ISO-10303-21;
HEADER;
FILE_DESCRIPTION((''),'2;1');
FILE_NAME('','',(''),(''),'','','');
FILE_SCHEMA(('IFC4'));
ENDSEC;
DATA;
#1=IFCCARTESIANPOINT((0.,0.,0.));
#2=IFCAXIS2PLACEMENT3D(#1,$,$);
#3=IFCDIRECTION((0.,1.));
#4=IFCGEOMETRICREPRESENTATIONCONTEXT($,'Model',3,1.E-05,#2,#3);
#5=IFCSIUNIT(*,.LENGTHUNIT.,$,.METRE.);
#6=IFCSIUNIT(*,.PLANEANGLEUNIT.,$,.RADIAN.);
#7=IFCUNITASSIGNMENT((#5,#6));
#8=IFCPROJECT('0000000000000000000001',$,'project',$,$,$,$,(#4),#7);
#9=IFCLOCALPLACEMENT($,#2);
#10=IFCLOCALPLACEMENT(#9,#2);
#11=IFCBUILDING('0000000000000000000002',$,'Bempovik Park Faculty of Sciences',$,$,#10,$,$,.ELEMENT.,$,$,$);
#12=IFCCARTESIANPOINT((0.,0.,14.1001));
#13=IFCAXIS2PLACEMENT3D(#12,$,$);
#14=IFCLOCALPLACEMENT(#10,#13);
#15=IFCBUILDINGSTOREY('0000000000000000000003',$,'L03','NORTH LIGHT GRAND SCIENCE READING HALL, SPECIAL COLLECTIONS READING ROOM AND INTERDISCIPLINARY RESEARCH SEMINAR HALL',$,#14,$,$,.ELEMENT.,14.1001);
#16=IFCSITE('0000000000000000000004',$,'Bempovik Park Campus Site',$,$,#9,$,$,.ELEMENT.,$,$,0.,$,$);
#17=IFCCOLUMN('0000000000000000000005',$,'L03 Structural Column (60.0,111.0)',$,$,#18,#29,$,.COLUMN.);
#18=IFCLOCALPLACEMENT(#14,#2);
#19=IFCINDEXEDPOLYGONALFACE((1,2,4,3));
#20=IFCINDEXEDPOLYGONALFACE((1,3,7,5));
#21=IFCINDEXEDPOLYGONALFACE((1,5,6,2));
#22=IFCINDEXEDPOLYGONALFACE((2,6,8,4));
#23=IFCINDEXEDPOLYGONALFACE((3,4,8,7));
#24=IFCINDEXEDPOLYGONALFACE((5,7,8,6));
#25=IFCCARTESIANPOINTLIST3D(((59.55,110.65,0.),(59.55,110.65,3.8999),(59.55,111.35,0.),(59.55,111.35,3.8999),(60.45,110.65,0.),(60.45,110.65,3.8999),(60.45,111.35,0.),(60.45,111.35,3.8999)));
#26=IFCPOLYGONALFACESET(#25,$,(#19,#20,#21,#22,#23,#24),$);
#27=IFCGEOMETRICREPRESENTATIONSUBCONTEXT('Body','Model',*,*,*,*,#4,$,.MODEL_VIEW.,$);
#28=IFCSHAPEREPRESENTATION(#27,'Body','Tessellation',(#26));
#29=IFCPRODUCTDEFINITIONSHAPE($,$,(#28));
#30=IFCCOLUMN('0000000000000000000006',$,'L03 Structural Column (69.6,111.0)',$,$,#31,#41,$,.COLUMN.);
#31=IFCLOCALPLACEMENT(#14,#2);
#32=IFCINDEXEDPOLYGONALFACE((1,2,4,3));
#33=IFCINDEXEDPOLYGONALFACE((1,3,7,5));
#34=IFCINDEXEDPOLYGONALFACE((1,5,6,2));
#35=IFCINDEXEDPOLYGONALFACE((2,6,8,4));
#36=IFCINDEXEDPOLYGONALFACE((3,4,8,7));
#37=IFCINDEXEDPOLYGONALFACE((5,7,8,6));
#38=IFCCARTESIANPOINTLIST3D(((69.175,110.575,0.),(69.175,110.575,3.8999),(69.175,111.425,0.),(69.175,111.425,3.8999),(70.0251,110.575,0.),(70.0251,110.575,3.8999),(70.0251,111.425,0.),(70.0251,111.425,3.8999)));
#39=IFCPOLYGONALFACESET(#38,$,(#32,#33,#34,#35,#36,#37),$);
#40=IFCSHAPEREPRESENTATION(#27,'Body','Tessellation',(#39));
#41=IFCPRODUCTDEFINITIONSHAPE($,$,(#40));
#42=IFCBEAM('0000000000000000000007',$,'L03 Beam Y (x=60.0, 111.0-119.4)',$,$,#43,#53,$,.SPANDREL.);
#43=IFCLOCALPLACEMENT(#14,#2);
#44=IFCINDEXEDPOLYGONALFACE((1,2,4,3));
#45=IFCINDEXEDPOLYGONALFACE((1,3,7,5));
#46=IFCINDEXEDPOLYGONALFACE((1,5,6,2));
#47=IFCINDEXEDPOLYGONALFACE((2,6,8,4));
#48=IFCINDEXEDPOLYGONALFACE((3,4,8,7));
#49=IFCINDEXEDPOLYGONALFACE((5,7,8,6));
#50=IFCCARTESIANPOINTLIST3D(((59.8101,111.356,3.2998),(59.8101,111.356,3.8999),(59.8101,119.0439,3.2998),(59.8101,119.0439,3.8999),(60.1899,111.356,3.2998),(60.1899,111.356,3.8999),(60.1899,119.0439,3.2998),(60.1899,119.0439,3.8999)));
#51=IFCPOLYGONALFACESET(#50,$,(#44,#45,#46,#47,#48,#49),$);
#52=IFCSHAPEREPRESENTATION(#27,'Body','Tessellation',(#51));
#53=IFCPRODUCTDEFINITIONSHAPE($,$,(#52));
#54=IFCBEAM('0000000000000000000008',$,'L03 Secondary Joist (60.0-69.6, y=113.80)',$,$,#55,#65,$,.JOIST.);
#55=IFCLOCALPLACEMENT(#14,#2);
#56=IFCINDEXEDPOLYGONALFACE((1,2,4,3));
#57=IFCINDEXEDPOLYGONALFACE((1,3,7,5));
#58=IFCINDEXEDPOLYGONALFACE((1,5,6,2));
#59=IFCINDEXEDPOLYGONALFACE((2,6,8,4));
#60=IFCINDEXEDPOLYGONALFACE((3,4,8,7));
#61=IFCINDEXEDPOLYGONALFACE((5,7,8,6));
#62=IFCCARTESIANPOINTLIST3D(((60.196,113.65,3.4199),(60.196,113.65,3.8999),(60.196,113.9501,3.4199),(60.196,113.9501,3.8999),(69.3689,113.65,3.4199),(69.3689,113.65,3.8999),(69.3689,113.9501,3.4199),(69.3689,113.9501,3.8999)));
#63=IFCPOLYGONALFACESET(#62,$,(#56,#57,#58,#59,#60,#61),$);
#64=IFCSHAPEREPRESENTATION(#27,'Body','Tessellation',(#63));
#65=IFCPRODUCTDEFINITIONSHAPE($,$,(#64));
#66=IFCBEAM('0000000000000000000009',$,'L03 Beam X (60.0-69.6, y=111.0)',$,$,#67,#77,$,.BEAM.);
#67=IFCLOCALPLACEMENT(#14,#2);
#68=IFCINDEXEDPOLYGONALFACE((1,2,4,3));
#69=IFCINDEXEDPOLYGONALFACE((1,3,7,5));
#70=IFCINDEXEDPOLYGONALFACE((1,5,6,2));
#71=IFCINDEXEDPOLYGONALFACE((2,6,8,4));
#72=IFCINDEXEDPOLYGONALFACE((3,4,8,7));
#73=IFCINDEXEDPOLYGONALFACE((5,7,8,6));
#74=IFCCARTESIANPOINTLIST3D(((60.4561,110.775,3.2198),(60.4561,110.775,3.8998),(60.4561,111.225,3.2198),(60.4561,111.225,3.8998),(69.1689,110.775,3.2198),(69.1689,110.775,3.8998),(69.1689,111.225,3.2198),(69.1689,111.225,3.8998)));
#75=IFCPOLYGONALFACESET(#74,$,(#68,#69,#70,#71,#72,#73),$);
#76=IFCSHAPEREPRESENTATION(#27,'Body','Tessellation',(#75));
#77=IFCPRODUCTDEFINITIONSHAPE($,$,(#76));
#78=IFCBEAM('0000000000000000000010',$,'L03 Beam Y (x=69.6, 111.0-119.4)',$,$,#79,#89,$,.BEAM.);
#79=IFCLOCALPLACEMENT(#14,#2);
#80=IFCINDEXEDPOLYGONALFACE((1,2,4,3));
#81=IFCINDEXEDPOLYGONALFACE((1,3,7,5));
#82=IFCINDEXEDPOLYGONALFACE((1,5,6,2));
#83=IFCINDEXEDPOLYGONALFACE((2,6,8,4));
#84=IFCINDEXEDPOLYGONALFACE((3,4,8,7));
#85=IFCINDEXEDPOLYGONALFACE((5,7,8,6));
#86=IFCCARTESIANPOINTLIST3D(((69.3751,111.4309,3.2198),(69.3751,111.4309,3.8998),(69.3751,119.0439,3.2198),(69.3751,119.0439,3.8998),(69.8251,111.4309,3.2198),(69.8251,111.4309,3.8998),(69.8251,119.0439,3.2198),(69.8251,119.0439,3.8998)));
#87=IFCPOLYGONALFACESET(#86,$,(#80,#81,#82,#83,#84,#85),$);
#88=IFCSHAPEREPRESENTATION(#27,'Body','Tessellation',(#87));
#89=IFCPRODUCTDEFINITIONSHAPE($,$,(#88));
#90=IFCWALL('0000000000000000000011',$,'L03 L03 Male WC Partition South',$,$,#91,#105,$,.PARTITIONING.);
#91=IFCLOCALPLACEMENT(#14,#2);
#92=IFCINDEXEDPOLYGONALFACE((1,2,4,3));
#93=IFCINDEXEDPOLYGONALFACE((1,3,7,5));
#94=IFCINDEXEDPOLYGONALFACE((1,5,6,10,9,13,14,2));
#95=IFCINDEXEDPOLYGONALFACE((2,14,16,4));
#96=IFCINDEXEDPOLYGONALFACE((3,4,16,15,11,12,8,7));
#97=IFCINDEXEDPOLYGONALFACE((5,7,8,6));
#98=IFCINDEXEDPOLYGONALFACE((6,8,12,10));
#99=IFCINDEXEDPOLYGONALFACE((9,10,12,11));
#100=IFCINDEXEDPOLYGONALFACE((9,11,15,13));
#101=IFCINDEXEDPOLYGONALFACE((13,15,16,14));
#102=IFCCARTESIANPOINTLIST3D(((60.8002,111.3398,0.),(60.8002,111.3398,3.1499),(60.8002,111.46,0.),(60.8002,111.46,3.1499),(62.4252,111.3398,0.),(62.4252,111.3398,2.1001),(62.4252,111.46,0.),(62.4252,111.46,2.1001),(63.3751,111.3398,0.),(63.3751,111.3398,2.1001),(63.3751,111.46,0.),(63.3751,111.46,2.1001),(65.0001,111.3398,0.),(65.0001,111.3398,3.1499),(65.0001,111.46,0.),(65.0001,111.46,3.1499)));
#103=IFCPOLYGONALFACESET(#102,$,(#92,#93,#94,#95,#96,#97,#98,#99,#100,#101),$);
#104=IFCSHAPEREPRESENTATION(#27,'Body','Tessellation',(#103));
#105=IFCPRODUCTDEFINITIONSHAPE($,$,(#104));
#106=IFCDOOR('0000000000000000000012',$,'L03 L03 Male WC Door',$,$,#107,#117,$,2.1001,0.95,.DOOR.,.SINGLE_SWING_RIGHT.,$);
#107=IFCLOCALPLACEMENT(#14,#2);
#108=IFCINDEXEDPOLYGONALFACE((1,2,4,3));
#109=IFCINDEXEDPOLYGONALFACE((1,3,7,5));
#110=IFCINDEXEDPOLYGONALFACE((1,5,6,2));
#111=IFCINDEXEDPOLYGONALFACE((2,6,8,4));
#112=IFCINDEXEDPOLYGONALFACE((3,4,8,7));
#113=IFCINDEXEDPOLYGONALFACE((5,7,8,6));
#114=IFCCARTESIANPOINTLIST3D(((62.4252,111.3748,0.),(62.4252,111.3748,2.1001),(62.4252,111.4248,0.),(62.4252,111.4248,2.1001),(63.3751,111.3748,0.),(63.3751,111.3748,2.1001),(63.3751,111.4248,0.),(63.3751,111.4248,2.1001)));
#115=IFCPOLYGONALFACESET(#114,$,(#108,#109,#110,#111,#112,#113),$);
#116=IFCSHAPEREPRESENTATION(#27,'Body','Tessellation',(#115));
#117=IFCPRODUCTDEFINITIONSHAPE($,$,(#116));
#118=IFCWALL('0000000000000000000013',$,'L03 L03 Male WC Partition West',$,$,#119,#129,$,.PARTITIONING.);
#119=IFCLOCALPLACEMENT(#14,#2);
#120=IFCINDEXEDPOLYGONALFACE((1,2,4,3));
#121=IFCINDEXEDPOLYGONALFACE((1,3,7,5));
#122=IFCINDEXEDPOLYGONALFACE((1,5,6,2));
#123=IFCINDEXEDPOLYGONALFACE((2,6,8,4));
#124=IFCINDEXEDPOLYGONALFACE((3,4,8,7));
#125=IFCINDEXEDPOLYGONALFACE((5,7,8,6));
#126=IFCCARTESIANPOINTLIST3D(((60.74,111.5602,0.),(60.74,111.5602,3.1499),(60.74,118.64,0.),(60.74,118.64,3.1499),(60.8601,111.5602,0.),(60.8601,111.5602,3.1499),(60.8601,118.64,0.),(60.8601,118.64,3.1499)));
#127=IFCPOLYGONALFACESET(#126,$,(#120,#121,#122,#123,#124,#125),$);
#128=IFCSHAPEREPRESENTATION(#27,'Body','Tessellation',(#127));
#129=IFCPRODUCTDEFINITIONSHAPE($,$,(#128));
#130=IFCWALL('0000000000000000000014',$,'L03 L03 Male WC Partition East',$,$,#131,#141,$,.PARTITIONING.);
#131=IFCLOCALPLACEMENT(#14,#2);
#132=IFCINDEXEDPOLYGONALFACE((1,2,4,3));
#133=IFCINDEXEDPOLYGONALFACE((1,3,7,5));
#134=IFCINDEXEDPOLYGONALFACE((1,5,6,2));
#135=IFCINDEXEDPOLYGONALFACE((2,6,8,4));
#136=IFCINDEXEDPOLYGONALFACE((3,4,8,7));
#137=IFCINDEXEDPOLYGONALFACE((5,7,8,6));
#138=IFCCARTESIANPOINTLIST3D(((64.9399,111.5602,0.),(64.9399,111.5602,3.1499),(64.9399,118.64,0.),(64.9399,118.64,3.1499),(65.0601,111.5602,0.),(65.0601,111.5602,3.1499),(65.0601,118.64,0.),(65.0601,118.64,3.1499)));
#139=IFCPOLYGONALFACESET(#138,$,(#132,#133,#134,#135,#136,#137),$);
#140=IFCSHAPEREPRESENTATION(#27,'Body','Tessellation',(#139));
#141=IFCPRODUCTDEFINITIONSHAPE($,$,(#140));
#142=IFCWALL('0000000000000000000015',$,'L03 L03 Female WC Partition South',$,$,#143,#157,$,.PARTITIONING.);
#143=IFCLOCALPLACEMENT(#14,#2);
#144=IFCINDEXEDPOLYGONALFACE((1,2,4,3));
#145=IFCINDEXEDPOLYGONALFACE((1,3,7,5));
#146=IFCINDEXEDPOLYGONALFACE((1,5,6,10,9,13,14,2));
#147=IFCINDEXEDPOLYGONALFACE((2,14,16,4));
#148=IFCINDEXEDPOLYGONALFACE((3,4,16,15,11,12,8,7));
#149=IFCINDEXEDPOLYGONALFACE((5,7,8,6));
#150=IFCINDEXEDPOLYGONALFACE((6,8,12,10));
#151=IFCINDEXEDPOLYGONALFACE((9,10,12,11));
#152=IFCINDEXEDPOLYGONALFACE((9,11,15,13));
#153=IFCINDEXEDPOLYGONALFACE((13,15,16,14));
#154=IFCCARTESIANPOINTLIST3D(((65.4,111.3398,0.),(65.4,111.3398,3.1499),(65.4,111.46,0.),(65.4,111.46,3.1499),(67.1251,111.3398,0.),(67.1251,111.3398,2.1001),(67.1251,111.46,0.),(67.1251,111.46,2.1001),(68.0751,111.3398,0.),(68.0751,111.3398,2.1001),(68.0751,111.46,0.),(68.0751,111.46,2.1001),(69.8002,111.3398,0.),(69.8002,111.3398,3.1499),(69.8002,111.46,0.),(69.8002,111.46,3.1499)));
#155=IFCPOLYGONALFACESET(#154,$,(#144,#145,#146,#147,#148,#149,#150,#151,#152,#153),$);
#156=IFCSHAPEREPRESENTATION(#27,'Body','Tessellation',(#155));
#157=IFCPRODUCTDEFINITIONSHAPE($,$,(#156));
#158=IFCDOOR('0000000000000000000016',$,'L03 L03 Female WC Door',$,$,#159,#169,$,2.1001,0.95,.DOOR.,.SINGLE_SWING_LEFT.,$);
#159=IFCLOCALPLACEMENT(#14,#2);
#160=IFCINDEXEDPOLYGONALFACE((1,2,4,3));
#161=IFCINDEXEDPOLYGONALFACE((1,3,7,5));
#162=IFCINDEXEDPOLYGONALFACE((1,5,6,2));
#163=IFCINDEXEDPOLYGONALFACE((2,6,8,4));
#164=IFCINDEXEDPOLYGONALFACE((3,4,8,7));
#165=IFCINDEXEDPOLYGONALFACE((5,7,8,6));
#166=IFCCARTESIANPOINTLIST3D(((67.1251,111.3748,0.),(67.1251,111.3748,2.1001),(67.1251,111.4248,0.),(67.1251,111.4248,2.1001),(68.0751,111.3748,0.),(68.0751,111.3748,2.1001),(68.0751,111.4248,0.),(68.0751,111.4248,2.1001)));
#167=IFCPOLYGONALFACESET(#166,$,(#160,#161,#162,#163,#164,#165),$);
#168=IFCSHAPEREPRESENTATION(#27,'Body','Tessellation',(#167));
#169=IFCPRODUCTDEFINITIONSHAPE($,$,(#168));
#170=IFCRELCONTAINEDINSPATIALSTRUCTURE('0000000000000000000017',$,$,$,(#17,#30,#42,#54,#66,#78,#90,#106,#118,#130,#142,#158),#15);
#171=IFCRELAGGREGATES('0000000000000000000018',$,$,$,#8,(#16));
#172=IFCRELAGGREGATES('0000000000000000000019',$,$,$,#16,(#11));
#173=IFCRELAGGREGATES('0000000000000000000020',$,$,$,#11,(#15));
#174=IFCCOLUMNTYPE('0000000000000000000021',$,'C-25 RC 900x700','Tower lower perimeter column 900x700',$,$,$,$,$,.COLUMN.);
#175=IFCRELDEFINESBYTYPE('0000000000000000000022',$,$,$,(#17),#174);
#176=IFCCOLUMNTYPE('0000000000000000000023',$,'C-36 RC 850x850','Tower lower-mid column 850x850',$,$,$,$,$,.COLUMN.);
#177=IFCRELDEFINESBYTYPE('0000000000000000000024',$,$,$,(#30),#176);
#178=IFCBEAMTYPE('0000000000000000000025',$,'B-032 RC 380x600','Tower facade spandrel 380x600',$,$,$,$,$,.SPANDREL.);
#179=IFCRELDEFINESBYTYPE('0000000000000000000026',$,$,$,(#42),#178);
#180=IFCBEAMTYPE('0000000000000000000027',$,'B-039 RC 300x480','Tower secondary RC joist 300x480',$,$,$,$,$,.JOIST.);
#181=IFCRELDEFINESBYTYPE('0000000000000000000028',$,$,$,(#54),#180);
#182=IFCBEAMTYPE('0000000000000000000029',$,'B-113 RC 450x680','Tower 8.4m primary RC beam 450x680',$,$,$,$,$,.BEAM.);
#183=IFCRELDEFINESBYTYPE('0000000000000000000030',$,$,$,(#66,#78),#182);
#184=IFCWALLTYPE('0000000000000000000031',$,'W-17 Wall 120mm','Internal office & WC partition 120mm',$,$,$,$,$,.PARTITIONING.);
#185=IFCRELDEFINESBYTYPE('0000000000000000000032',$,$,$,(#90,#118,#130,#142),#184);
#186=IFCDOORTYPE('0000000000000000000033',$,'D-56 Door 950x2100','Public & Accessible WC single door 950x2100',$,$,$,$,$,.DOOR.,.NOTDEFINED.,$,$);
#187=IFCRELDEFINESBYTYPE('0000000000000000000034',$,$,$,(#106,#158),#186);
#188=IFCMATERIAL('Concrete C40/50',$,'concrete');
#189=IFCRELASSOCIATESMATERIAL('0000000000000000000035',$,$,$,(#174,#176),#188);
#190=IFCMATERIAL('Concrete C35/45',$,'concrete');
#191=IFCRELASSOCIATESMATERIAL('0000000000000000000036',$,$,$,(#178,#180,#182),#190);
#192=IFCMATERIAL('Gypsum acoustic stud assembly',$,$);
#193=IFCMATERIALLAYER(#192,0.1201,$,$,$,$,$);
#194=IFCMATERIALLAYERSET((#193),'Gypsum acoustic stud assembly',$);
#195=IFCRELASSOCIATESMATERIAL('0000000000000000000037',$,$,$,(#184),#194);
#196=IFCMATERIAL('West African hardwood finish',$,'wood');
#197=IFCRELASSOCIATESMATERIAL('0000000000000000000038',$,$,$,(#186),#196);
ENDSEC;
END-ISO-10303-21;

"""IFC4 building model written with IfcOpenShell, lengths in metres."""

from ifc_helpers import new_model, si_unit, direction, frame, frame_2d, origin, origin_2d, place, context, subcontext, project, spatial, rectangle, extrude, material, layer, layer_set, material_profile, profile_set, type_object, element, fill, save


model = new_model("IFC4")

# Units and contexts
model_context = context("Model", 3, precision=1e-05, world=origin(), true_north=direction((0.0, 1.0)))
body_context = subcontext(model_context, "Body", "Model", "MODEL_VIEW")
ifc_project = project(units=[si_unit("LENGTHUNIT", "METRE"), si_unit("PLANEANGLEUNIT", "RADIAN")], contexts=[model_context])

# Site, building, storey
site_placement = place(None, origin())
site = spatial("IfcSite", under=ifc_project, at=site_placement, Name="Bempovik Park Campus Site", CompositionType="ELEMENT", RefElevation=0.0)
building_placement = place(site_placement, origin())
building = spatial("IfcBuilding", under=site, at=building_placement, Name="Bempovik Park Faculty of Sciences", CompositionType="ELEMENT")
storey_placement = place(building_placement, frame((0.0, 0.0, 14.1001)))
storey = spatial("IfcBuildingStorey", under=building, at=storey_placement, Name="L03", Description="NORTH LIGHT GRAND SCIENCE READING HALL, SPECIAL COLLECTIONS READING ROOM AND INTERDISCIPLINARY RESEARCH SEMINAR HALL", CompositionType="ELEMENT", Elevation=14.1001)

# Columns
ifc_material_1 = material(Name="Concrete C40/50", Category="concrete")
ifc_material_profile_1 = material_profile(ifc_material_1, rectangle(XDim=0.8999, YDim=0.7, at=origin_2d()), Name="RC 900x700")
ifc_profile_set_1 = profile_set([ifc_material_profile_1], Name="Concrete C40/50")
column_type_1 = type_object("IfcColumnType", Name="C-25 RC 900x700", Description="Tower lower perimeter column 900x700", PredefinedType="COLUMN", material=ifc_profile_set_1)
column_1_placement = place(storey_placement, frame((60.0, 111.0, 0.0), z_axis=(0.0, 0.0, 1.0), x_axis=(1.0, 0.0, 0.0)))
element("IfcColumn", 1, at=column_1_placement, inside=storey, type_object=column_type_1, Name="L03 Structural Column (60.0,111.0)", PredefinedType="COLUMN", context=body_context, shape_type="SweptSolid", body=[
    extrude(rectangle(XDim=0.8999, YDim=0.7, at=origin_2d()), origin(), (0.0, 0.0, 1.0), 3.8999),
])
ifc_material_profile_2 = material_profile(ifc_material_1, rectangle(XDim=0.8501, YDim=0.8501, at=origin_2d()), Name="RC 850x850")
ifc_profile_set_2 = profile_set([ifc_material_profile_2], Name="Concrete C40/50")
column_type_2 = type_object("IfcColumnType", Name="C-36 RC 850x850", Description="Tower lower-mid column 850x850", PredefinedType="COLUMN", material=ifc_profile_set_2)
column_2_placement = place(storey_placement, frame((69.6001, 111.0, 0.0), z_axis=(0.0, 0.0, 1.0), x_axis=(1.0, 0.0, 0.0)))
element("IfcColumn", 2, at=column_2_placement, inside=storey, type_object=column_type_2, Name="L03 Structural Column (69.6,111.0)", PredefinedType="COLUMN", context=body_context, shape_type="SweptSolid", body=[
    extrude(rectangle(XDim=0.8501, YDim=0.8501, at=origin_2d()), origin(), (0.0, 0.0, 1.0), 3.8999),
])

# Beams
ifc_material_2 = material(Name="Concrete C35/45", Category="concrete")
ifc_material_profile_3 = material_profile(ifc_material_2, rectangle(XDim=0.3799, YDim=0.6001, at=origin_2d()), Name="RC 380x600")
ifc_profile_set_3 = profile_set([ifc_material_profile_3], Name="Concrete C35/45")
beam_type_1 = type_object("IfcBeamType", Name="B-032 RC 380x600", Description="Tower facade spandrel 380x600", PredefinedType="SPANDREL", material=ifc_profile_set_3)
beam_1_placement = place(storey_placement, frame((60.0, 111.356, 3.5999), z_axis=(0.0, 1.0, 0.0), x_axis=(-1.0, 0.0, 0.0)))
element("IfcBeam", 3, at=beam_1_placement, inside=storey, type_object=beam_type_1, Name="L03 Beam Y (x=60.0, 111.0-119.4)", PredefinedType="SPANDREL", context=body_context, shape_type="SweptSolid", body=[
    extrude(rectangle(XDim=0.3799, YDim=0.6001, at=origin_2d()), origin(), (0.0, 0.0, 1.0), 7.688),
])
ifc_material_profile_4 = material_profile(ifc_material_2, rectangle(XDim=0.3, YDim=0.48, at=origin_2d()), Name="RC 300x480")
ifc_profile_set_4 = profile_set([ifc_material_profile_4], Name="Concrete C35/45")
beam_type_2 = type_object("IfcBeamType", Name="B-039 RC 300x480", Description="Tower secondary RC joist 300x480", PredefinedType="JOIST", material=ifc_profile_set_4)
beam_2_placement = place(storey_placement, frame((60.196, 113.8, 3.6599), z_axis=(1.0, 0.0, 0.0), x_axis=(0.0, 1.0, 0.0)))
element("IfcBeam", 4, at=beam_2_placement, inside=storey, type_object=beam_type_2, Name="L03 Secondary Joist (60.0-69.6, y=113.80)", PredefinedType="JOIST", context=body_context, shape_type="SweptSolid", body=[
    extrude(rectangle(XDim=0.3, YDim=0.48, at=origin_2d()), origin(), (0.0, 0.0, 1.0), 9.1729),
])
ifc_material_profile_5 = material_profile(ifc_material_2, rectangle(XDim=0.45, YDim=0.6799, at=origin_2d()), Name="RC 450x680")
ifc_profile_set_5 = profile_set([ifc_material_profile_5], Name="Concrete C35/45")
beam_type_3 = type_object("IfcBeamType", Name="B-113 RC 450x680", Description="Tower 8.4m primary RC beam 450x680", PredefinedType="BEAM", material=ifc_profile_set_5)
beam_3_placement = place(storey_placement, frame((60.4561, 111.0, 3.5598), z_axis=(1.0, 0.0, 0.0), x_axis=(0.0, 1.0, 0.0)))
element("IfcBeam", 5, at=beam_3_placement, inside=storey, type_object=beam_type_3, Name="L03 Beam X (60.0-69.6, y=111.0)", PredefinedType="BEAM", context=body_context, shape_type="SweptSolid", body=[
    extrude(rectangle(XDim=0.45, YDim=0.6799, at=origin_2d()), origin(), (0.0, 0.0, 1.0), 8.7129),
])
beam_4_placement = place(storey_placement, frame((69.6001, 111.4309, 3.5598), z_axis=(0.0, 1.0, 0.0), x_axis=(-1.0, 0.0, 0.0)))
element("IfcBeam", 6, at=beam_4_placement, inside=storey, type_object=beam_type_3, Name="L03 Beam Y (x=69.6, 111.0-119.4)", PredefinedType="BEAM", context=body_context, shape_type="SweptSolid", body=[
    extrude(rectangle(XDim=0.45, YDim=0.6799, at=origin_2d()), origin(), (0.0, 0.0, 1.0), 7.613),
])

# Wall, opening, door
ifc_material_3 = material(Name="Gypsum acoustic stud assembly")
ifc_layer_1 = layer(ifc_material_3, 0.1201)
ifc_layer_set_1 = layer_set([ifc_layer_1], Name="Gypsum acoustic stud assembly")
wall_type_1 = type_object("IfcWallType", Name="W-17 Wall 120mm", Description="Internal office & WC partition 120mm", PredefinedType="PARTITIONING", material=ifc_layer_set_1)
wall_1_placement = place(storey_placement, frame((60.8, 111.3999, 0.0), z_axis=(0.0, 0.0, 1.0), x_axis=(1.0, 0.0, 0.0)))
wall_1 = element("IfcWall", 7, at=wall_1_placement, inside=storey, type_object=wall_type_1, Name="L03 L03 Male WC Partition South", PredefinedType="PARTITIONING", context=body_context, shape_type="SweptSolid", body=[
    extrude(rectangle(XDim=4.2, YDim=0.1201, at=frame_2d((2.1001, 0.0))), origin(), (0.0, 0.0, 1.0), 3.1499),
])
opening_1_placement = place(wall_1_placement, frame((1.625, 0.0, 0.0)))
opening_1 = element("IfcOpeningElement", 8, at=opening_1_placement, cuts=wall_1, PredefinedType="OPENING", context=body_context, shape_type="SweptSolid", body=[
    extrude(rectangle(XDim=0.95, YDim=2.1001, at=frame_2d((0.4751, 1.05))), frame((0.0, 0.0701, 0.0), z_axis=(0.0, -1.0, 0.0), x_axis=(1.0, 0.0, 0.0)), (0.0, 0.0, 1.0), 0.1401),
])
ifc_material_4 = material(Name="West African hardwood finish", Category="wood")
door_type = type_object("IfcDoorType", Name="D-56 Door 950x2100", Description="Public & Accessible WC single door 950x2100", OperationType="NOTDEFINED", PredefinedType="DOOR", material=ifc_material_4)
door_1_placement = place(opening_1_placement, origin())
door_1 = element("IfcDoor", 9, at=door_1_placement, inside=storey, type_object=door_type, Name="L03 L03 Male WC Door", OperationType="SINGLE_SWING_RIGHT", OverallHeight=2.1001, OverallWidth=0.95, PredefinedType="DOOR", context=body_context, shape_type="SweptSolid", body=[
    extrude(rectangle(XDim=0.95, YDim=2.1001, at=frame_2d((0.4751, 1.05))), frame((0.0, 0.0249, 0.0), z_axis=(0.0, -1.0, 0.0), x_axis=(1.0, 0.0, 0.0)), (0.0, 0.0, 1.0), 0.05),
])
fill(opening_1, door_1)

# Walls
for number, where, z_axis, x_axis, name in (
    (10, (60.8, 111.5601, 0.0), (0.0, 0.0, 1.0), (0.0, 1.0, 0.0), "L03 L03 Male WC Partition West"),
    (11, (65.0, 111.5601, 0.0), (0.0, 0.0, 1.0), (0.0, 1.0, 0.0), "L03 L03 Male WC Partition East"),
):
    element("IfcWall", number, at=place(storey_placement, frame(where, z_axis=z_axis, x_axis=x_axis)), inside=storey, type_object=wall_type_1, Name=name, PredefinedType="PARTITIONING", context=body_context, shape_type="SweptSolid", body=[
        extrude(rectangle(XDim=7.0798, YDim=0.1201, at=frame_2d((3.54, 0.0))), origin(), (0.0, 0.0, 1.0), 3.1499),
    ])

# Wall, opening, door
wall_2_placement = place(storey_placement, frame((65.3999, 111.3999, 0.0), z_axis=(0.0, 0.0, 1.0), x_axis=(1.0, 0.0, 0.0)))
wall_2 = element("IfcWall", 12, at=wall_2_placement, inside=storey, type_object=wall_type_1, Name="L03 L03 Female WC Partition South", PredefinedType="PARTITIONING", context=body_context, shape_type="SweptSolid", body=[
    extrude(rectangle(XDim=4.4001, YDim=0.1201, at=frame_2d((2.2002, 0.0))), origin(), (0.0, 0.0, 1.0), 3.1499),
])
opening_2_placement = place(wall_2_placement, frame((1.7251, 0.0, 0.0)))
opening_2 = element("IfcOpeningElement", 13, at=opening_2_placement, cuts=wall_2, PredefinedType="OPENING", context=body_context, shape_type="SweptSolid", body=[
    extrude(rectangle(XDim=0.95, YDim=2.1001, at=frame_2d((0.4751, 1.05))), frame((0.0, 0.0701, 0.0), z_axis=(0.0, -1.0, 0.0), x_axis=(1.0, 0.0, 0.0)), (0.0, 0.0, 1.0), 0.1401),
])
door_2_placement = place(opening_2_placement, origin())
door_2 = element("IfcDoor", 14, at=door_2_placement, inside=storey, type_object=door_type, Name="L03 L03 Female WC Door", OperationType="SINGLE_SWING_LEFT", OverallHeight=2.1001, OverallWidth=0.95, PredefinedType="DOOR", context=body_context, shape_type="SweptSolid", body=[
    extrude(rectangle(XDim=0.95, YDim=2.1001, at=frame_2d((0.4751, 1.05))), frame((0.0, 0.0249, 0.0), z_axis=(0.0, -1.0, 0.0), x_axis=(1.0, 0.0, 0.0)), (0.0, 0.0, 1.0), 0.05),
])
fill(opening_2, door_2)

save(model, "model.ifc")
